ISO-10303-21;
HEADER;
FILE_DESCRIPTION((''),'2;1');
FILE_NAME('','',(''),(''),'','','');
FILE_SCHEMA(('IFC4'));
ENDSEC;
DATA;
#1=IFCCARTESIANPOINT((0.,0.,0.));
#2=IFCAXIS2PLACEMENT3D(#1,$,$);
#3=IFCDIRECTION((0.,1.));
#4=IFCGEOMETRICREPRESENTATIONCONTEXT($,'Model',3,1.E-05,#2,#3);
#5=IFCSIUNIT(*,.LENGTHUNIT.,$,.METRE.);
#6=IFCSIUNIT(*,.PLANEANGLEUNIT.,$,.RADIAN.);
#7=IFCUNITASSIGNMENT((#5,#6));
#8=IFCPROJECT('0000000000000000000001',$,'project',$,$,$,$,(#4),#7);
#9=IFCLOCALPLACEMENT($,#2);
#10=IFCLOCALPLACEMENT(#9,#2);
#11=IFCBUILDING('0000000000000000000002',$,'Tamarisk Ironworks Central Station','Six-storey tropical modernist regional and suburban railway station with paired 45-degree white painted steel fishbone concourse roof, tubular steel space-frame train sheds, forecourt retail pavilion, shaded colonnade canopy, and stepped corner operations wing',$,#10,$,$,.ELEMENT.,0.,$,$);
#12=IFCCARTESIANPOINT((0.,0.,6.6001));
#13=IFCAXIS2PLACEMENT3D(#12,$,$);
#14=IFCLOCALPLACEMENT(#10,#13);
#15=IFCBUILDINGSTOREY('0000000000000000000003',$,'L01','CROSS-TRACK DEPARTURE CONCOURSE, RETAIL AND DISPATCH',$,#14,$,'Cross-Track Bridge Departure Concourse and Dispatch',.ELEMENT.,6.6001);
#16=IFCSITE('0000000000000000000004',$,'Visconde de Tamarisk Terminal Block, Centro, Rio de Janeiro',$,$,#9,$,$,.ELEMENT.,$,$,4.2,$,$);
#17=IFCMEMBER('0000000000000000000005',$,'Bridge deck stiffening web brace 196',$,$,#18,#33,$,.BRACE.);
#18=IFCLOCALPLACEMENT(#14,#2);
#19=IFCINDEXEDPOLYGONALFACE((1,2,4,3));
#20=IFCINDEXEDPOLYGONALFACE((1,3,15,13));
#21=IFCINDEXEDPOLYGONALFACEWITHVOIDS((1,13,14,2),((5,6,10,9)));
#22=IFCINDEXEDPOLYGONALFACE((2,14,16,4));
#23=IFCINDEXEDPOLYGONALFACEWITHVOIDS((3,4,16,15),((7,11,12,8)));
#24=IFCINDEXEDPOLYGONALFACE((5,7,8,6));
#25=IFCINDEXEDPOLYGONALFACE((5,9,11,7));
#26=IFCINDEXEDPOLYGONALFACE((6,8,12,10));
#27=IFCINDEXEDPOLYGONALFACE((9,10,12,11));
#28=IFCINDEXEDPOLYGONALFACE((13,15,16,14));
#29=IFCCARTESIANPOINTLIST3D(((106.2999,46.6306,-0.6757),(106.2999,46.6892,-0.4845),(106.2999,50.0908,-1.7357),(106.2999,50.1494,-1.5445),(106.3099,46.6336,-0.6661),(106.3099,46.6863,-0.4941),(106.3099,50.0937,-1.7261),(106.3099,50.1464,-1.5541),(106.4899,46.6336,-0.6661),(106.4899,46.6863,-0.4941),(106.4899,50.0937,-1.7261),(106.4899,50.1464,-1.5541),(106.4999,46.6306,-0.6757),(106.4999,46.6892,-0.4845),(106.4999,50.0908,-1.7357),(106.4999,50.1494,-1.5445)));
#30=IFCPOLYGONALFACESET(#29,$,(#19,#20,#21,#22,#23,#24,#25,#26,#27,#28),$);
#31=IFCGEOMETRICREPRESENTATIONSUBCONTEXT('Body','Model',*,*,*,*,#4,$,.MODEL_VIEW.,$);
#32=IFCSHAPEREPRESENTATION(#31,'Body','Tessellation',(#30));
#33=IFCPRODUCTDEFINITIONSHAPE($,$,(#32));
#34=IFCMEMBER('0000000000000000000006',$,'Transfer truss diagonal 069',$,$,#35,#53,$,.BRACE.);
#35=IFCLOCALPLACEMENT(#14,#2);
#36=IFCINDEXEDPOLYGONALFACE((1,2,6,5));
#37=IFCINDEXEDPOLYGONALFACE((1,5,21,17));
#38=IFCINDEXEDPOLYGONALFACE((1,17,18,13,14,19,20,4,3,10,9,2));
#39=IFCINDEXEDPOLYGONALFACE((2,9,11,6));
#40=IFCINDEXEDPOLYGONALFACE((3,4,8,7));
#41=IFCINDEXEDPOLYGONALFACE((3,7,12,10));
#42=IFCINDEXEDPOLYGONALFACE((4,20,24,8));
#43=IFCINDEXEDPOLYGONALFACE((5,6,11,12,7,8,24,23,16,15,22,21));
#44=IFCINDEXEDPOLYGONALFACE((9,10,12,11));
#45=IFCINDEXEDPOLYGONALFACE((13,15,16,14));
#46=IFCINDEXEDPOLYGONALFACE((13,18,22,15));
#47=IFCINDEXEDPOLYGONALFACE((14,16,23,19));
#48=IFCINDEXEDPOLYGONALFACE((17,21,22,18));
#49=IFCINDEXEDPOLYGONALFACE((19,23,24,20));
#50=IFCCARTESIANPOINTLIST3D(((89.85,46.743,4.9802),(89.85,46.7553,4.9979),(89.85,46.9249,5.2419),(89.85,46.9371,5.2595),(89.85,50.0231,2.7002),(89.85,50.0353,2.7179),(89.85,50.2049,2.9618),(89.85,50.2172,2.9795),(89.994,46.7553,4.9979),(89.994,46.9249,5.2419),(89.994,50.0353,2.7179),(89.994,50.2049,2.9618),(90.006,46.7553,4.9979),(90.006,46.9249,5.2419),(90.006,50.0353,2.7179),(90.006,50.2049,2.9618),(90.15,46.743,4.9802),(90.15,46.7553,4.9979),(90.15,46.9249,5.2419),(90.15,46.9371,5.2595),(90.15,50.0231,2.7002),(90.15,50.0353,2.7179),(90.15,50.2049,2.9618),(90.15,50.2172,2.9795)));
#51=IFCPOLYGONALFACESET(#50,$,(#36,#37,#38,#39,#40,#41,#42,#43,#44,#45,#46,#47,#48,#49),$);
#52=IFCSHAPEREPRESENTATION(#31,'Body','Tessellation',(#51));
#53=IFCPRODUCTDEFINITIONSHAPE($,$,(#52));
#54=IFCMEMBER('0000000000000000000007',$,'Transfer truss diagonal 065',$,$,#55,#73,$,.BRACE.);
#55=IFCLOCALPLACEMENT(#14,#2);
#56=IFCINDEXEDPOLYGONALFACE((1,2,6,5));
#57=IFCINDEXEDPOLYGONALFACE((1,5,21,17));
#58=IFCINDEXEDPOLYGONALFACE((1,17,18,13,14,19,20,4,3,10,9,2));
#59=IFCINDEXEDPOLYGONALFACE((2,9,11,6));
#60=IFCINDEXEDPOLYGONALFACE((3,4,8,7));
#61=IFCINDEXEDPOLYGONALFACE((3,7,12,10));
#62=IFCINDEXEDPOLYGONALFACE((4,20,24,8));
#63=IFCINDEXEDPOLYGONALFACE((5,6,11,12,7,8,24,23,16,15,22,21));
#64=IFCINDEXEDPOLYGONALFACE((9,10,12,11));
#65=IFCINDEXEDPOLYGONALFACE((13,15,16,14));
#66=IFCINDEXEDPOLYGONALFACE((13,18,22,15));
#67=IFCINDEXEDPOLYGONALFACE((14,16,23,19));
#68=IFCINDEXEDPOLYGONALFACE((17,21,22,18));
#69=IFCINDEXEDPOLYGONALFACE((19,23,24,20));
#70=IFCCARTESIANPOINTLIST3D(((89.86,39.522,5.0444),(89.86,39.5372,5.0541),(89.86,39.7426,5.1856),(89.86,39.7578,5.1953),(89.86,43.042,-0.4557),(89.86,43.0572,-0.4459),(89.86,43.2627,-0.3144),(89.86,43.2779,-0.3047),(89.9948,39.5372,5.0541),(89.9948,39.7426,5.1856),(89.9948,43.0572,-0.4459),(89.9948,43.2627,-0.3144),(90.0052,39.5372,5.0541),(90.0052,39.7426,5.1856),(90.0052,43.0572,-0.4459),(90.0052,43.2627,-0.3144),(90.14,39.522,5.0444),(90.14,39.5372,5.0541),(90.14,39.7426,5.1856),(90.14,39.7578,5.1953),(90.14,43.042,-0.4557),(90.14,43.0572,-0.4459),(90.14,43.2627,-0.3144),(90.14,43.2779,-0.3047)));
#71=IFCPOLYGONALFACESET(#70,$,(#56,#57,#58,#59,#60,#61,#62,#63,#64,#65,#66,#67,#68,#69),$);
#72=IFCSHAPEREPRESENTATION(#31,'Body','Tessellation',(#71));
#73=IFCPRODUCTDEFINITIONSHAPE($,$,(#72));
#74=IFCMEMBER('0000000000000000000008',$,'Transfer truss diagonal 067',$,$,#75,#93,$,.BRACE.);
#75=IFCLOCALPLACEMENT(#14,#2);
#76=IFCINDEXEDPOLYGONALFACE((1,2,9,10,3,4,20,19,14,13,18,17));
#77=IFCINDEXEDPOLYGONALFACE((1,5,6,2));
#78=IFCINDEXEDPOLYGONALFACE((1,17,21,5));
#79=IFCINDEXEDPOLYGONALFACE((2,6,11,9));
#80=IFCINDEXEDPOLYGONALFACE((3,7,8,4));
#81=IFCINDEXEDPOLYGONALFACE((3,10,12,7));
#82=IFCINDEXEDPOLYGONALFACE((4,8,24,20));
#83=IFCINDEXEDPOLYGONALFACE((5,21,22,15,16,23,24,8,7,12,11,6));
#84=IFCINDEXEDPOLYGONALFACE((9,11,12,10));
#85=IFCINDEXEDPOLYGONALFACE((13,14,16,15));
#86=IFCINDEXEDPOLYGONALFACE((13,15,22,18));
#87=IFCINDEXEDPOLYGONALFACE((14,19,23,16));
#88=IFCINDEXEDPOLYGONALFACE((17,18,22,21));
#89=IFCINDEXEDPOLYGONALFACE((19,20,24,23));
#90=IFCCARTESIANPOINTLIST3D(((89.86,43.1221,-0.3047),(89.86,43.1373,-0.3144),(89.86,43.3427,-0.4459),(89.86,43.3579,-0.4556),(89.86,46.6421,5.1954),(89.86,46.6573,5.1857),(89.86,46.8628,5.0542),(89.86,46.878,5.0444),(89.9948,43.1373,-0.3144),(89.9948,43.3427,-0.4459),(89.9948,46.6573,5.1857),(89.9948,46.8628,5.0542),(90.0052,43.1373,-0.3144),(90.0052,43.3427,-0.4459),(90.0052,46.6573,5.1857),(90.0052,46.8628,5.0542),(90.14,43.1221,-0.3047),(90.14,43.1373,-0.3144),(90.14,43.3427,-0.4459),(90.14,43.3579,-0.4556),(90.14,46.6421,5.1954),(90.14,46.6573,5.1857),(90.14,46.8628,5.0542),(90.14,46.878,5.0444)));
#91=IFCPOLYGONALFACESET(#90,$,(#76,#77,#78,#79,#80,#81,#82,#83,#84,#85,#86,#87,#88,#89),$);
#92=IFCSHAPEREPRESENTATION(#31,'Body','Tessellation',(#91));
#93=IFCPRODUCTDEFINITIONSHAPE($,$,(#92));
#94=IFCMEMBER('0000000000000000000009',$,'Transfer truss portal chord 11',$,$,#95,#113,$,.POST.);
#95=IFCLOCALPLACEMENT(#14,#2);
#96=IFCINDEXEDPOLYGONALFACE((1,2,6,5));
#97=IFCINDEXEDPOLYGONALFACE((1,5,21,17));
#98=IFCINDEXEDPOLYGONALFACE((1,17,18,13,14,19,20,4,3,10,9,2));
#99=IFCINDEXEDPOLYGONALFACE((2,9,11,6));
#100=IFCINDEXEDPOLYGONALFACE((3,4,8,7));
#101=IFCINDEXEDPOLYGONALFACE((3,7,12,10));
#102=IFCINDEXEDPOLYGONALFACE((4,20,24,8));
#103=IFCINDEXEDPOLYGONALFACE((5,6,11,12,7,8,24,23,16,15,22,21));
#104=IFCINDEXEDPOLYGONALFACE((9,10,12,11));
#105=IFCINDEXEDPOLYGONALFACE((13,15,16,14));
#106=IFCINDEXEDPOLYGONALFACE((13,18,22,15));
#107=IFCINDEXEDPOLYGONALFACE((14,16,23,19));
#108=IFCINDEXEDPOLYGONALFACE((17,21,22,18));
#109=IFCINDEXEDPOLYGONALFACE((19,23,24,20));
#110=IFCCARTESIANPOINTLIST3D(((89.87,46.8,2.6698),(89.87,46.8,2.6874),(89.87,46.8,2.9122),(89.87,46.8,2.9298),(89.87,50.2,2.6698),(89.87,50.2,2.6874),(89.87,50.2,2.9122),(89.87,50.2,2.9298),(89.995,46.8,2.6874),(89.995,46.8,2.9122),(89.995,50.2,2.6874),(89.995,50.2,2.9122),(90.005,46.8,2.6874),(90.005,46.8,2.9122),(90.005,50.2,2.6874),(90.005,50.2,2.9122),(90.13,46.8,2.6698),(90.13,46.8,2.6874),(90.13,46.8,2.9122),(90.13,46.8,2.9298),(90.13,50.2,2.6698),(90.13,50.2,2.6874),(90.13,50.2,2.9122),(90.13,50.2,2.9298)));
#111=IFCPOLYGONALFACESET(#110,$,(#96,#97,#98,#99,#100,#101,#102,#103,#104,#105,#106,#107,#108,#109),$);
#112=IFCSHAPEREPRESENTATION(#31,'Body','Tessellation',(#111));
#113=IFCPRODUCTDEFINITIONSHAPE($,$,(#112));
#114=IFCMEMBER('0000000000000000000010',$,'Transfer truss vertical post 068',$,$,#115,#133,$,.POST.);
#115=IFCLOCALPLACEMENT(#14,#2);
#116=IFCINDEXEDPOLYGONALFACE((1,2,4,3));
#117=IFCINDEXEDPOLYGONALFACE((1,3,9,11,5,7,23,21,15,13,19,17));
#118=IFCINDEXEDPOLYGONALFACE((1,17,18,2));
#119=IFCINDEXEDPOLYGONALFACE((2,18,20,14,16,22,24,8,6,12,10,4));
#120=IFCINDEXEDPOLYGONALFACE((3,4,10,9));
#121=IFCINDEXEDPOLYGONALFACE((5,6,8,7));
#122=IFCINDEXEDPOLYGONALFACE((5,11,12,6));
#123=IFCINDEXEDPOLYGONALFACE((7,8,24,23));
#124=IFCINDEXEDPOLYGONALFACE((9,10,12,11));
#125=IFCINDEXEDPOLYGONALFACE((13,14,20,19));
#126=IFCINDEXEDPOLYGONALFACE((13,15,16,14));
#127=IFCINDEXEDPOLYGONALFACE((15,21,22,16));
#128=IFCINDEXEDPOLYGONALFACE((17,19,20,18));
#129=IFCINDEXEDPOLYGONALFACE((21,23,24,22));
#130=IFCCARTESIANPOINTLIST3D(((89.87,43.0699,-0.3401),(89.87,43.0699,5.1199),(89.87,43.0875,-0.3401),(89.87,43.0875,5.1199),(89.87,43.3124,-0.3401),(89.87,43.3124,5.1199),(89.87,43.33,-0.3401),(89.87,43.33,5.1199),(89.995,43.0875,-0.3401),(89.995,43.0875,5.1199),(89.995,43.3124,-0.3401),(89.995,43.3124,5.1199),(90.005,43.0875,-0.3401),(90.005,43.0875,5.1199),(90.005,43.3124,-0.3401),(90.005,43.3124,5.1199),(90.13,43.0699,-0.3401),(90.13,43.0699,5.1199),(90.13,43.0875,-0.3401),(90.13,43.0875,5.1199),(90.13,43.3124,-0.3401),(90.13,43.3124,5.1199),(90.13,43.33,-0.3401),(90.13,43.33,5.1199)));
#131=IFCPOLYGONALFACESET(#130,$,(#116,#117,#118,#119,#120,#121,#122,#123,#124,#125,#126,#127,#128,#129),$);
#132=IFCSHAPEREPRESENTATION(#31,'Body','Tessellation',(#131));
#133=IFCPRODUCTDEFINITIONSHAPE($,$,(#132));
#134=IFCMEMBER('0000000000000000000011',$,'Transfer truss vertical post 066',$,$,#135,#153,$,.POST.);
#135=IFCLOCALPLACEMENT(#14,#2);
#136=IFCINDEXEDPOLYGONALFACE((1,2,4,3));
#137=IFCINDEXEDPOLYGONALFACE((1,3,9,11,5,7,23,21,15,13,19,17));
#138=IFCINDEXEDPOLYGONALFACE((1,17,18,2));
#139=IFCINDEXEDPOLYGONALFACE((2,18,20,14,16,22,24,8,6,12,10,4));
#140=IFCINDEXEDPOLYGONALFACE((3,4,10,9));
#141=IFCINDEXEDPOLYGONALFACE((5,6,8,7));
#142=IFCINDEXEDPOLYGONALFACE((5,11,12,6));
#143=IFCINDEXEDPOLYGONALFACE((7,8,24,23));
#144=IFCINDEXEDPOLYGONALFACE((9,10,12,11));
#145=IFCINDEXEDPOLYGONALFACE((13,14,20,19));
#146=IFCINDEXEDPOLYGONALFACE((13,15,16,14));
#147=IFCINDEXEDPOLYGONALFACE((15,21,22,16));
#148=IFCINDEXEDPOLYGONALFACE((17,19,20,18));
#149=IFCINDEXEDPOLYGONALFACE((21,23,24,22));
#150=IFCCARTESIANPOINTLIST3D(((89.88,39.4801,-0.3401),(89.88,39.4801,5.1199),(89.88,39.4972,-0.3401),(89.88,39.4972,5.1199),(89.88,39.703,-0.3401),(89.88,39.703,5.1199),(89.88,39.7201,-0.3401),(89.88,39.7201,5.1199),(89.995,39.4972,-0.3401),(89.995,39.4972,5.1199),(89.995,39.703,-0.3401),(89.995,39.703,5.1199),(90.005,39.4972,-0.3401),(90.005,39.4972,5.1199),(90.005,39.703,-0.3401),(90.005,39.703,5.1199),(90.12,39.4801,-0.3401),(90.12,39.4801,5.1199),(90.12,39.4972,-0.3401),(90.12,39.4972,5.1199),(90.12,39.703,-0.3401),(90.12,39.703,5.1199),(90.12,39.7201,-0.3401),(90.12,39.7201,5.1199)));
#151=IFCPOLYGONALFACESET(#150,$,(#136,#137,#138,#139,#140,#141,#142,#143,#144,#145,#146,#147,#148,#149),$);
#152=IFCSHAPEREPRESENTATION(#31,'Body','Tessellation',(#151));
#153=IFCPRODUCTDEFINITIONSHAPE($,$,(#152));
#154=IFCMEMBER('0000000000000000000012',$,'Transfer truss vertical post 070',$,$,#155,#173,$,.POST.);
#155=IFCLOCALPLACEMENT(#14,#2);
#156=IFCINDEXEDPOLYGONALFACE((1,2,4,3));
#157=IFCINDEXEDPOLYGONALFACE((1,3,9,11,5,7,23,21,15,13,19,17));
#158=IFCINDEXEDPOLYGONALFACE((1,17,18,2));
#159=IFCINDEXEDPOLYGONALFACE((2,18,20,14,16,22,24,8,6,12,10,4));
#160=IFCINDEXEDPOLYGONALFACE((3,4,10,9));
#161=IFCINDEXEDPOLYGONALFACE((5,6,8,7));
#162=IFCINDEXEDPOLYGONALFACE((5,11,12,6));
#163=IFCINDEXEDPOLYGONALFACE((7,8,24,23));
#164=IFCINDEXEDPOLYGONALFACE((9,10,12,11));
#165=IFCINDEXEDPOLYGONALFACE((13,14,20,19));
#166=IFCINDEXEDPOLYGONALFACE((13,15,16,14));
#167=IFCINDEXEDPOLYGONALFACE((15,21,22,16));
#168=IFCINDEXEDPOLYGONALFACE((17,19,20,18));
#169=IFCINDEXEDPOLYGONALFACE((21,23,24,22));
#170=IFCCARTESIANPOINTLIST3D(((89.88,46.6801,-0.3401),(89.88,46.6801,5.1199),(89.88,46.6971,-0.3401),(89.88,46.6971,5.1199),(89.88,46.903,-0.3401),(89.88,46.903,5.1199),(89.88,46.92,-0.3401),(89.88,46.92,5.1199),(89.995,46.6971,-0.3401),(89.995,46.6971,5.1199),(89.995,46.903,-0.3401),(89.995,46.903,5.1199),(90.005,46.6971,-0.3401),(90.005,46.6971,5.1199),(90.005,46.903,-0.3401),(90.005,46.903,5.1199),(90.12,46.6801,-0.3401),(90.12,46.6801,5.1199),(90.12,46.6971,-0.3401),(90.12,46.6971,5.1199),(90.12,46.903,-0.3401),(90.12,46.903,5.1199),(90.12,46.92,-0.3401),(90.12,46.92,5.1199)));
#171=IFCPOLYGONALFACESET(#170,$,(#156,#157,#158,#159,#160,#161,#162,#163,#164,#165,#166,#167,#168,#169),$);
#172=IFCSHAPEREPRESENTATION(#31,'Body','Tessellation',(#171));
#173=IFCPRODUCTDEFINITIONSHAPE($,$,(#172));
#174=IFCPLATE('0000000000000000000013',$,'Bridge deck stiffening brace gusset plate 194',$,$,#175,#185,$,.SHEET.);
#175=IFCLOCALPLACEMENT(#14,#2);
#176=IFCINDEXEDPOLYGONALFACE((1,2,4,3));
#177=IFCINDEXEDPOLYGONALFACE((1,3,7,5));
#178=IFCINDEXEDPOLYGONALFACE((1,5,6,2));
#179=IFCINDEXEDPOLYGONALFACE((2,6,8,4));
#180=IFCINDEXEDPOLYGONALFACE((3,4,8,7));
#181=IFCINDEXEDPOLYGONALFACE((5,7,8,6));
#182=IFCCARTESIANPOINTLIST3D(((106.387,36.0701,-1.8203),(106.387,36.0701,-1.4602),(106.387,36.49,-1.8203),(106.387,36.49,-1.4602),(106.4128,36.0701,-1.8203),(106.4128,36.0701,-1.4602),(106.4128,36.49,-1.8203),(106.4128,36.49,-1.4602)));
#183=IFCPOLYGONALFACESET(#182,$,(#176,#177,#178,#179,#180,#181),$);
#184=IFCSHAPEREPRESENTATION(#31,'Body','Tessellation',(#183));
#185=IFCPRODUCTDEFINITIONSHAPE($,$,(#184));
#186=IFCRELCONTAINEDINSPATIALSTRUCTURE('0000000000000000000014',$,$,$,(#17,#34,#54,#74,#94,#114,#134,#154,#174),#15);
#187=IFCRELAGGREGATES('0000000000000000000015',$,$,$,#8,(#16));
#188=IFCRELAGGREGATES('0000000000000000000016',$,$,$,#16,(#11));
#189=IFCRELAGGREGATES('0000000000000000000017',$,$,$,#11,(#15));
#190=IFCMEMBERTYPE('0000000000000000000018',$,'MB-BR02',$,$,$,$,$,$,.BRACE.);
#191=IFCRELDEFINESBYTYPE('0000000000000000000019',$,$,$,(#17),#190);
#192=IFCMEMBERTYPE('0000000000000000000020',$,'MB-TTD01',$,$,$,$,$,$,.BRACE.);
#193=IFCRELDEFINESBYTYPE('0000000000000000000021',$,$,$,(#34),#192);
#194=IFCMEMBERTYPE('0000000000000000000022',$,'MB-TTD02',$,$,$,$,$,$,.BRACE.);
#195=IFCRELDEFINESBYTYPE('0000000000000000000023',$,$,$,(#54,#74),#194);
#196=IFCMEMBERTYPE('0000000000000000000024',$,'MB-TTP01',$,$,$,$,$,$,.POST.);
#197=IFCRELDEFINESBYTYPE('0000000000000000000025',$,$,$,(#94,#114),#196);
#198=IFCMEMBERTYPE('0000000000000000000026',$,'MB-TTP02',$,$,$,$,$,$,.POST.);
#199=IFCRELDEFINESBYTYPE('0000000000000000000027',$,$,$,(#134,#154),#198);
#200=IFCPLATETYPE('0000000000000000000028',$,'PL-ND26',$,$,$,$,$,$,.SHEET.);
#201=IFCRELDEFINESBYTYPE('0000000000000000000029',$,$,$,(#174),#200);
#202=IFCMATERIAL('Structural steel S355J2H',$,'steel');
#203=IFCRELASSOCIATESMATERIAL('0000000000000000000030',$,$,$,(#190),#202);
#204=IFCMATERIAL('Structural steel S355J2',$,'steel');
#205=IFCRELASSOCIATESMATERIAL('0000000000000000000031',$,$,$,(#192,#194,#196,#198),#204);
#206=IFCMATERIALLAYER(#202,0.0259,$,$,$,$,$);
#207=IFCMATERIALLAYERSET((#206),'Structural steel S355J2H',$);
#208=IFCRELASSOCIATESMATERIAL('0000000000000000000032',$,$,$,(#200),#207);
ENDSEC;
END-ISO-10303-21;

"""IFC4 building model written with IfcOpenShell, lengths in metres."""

from ifc_helpers import new_model, si_unit, direction, frame, origin, origin_2d, place, context, subcontext, project, spatial, rectangle, hollow_rectangle, i_section, extrude, material, layer, layer_set, material_profile, profile_set, type_object, element, save


model = new_model("IFC4")

# Units and contexts
model_context = context("Model", 3, precision=1e-05, world=origin(), true_north=direction((0.0, 1.0)))
body_context = subcontext(model_context, "Body", "Model", "MODEL_VIEW")
ifc_project = project(units=[si_unit("LENGTHUNIT", "METRE"), si_unit("PLANEANGLEUNIT", "RADIAN")], contexts=[model_context])

# Site, building, storey
site_placement = place(None, origin())
site = spatial("IfcSite", under=ifc_project, at=site_placement, Name="Visconde de Tamarisk Terminal Block, Centro, Rio de Janeiro", CompositionType="ELEMENT", RefElevation=4.2)
building_placement = place(site_placement, origin())
building = spatial("IfcBuilding", under=site, at=building_placement, Name="Tamarisk Ironworks Central Station", Description="Six-storey tropical modernist regional and suburban railway station with paired 45-degree white painted steel fishbone concourse roof, tubular steel space-frame train sheds, forecourt retail pavilion, shaded colonnade canopy, and stepped corner operations wing", CompositionType="ELEMENT", ElevationOfRefHeight=0.0)
storey_placement = place(building_placement, frame((0.0, 0.0, 6.6001)))
storey = spatial("IfcBuildingStorey", under=building, at=storey_placement, Name="L01", Description="CROSS-TRACK DEPARTURE CONCOURSE, RETAIL AND DISPATCH", LongName="Cross-Track Bridge Departure Concourse and Dispatch", CompositionType="ELEMENT", Elevation=6.6001)

# Shared definitions
ifc_material_1 = material(Name="Structural steel S355J2", Category="steel")

# Members
ifc_material_2 = material(Name="Structural steel S355J2H", Category="steel")
ifc_material_profile_1 = material_profile(ifc_material_2, hollow_rectangle(XDim=0.2, YDim=0.2, WallThickness=0.01, at=origin_2d()), Name="SHS 200x200x10")
ifc_profile_set_1 = profile_set([ifc_material_profile_1], Name="Structural steel S355J2H")
member_type_1 = type_object("IfcMemberType", Name="MB-BR02", PredefinedType="BRACE", material=ifc_profile_set_1)
member_1_placement = place(storey_placement, frame((106.3999, 46.6599, -0.5801), z_axis=(0.0, 0.956137, -0.292919), x_axis=(-1.0, 0.0, 0.0)))
element("IfcMember", 1, at=member_1_placement, inside=storey, type_object=member_type_1, Name="Bridge deck stiffening web brace 196", PredefinedType="BRACE", context=body_context, shape_type="SweptSolid", body=[
    extrude(hollow_rectangle(XDim=0.2, YDim=0.2, WallThickness=0.01, at=origin_2d()), origin(), (0.0, 0.0, 1.0), 3.6189),
])
ifc_material_profile_2 = material_profile(ifc_material_1, i_section(OverallWidth=0.3, OverallDepth=0.3401, WebThickness=0.012, FlangeThickness=0.0215, at=origin_2d()), Name="HEB 340")
ifc_profile_set_2 = profile_set([ifc_material_profile_2], Name="Structural steel S355J2")
member_type_2 = type_object("IfcMemberType", Name="MB-TTD01", PredefinedType="BRACE", material=ifc_profile_set_2)
member_2_placement = place(storey_placement, frame((90.0, 46.8401, 5.1199), z_axis=(0.0, 0.821108, -0.570773), x_axis=(-1.0, 0.0, 0.0)))
element("IfcMember", 2, at=member_2_placement, inside=storey, type_object=member_type_2, Name="Transfer truss diagonal 069", PredefinedType="BRACE", context=body_context, shape_type="SweptSolid", body=[
    extrude(i_section(OverallWidth=0.3, OverallDepth=0.3401, WebThickness=0.012, FlangeThickness=0.0215, at=origin_2d()), origin(), (0.0, 0.0, 1.0), 3.9946),
])
ifc_material_profile_3 = material_profile(ifc_material_1, i_section(OverallWidth=0.28, OverallDepth=0.28, WebThickness=0.0105, FlangeThickness=0.0181, at=origin_2d()), Name="HEB 280")
ifc_profile_set_3 = profile_set([ifc_material_profile_3], Name="Structural steel S355J2")
member_type_3 = type_object("IfcMemberType", Name="MB-TTD02", PredefinedType="BRACE", material=ifc_profile_set_3)
for number, where, z_axis, x_axis, name in (
    (3, (90.0, 39.6399, 5.1199), (0.0, 0.539056, -0.84227), (-1.0, 0.0, 0.0), "Transfer truss diagonal 065"),
    (4, (90.0, 43.24, -0.3801), (0.0, 0.539056, 0.84227), (-1.0, 0.0, 0.0), "Transfer truss diagonal 067"),
):
    element("IfcMember", number, at=place(storey_placement, frame(where, z_axis=z_axis, x_axis=x_axis)), inside=storey, type_object=member_type_3, Name=name, PredefinedType="BRACE", context=body_context, shape_type="SweptSolid", body=[
        extrude(i_section(OverallWidth=0.28, OverallDepth=0.28, WebThickness=0.0105, FlangeThickness=0.0181, at=origin_2d()), origin(), (0.0, 0.0, 1.0), 6.53),
    ])
ifc_material_profile_4 = material_profile(ifc_material_1, i_section(OverallWidth=0.26, OverallDepth=0.26, WebThickness=0.01, FlangeThickness=0.0176, at=origin_2d()), Name="HEB 260")
ifc_profile_set_4 = profile_set([ifc_material_profile_4], Name="Structural steel S355J2")
member_type_4 = type_object("IfcMemberType", Name="MB-TTP01", PredefinedType="POST", material=ifc_profile_set_4)
member_3_placement = place(storey_placement, frame((90.0, 46.8, 2.7998), z_axis=(0.0, 1.0, 0.0), x_axis=(-1.0, 0.0, 0.0)))
element("IfcMember", 5, at=member_3_placement, inside=storey, type_object=member_type_4, Name="Transfer truss portal chord 11", PredefinedType="POST", context=body_context, shape_type="SweptSolid", body=[
    extrude(i_section(OverallWidth=0.26, OverallDepth=0.26, WebThickness=0.01, FlangeThickness=0.0176, at=origin_2d()), origin(), (0.0, 0.0, 1.0), 3.3999),
])
member_4_placement = place(storey_placement, frame((90.0, 43.2, -0.3401), z_axis=(0.0, 0.0, 1.0), x_axis=(1.0, 0.0, 0.0)))
element("IfcMember", 6, at=member_4_placement, inside=storey, type_object=member_type_4, Name="Transfer truss vertical post 068", PredefinedType="POST", context=body_context, shape_type="SweptSolid", body=[
    extrude(i_section(OverallWidth=0.26, OverallDepth=0.26, WebThickness=0.01, FlangeThickness=0.0176, at=origin_2d()), origin(), (0.0, 0.0, 1.0), 5.46),
])
ifc_material_profile_5 = material_profile(ifc_material_1, i_section(OverallWidth=0.24, OverallDepth=0.24, WebThickness=0.01, FlangeThickness=0.0171, at=origin_2d()), Name="HEB 240")
ifc_profile_set_5 = profile_set([ifc_material_profile_5], Name="Structural steel S355J2")
member_type_5 = type_object("IfcMemberType", Name="MB-TTP02", PredefinedType="POST", material=ifc_profile_set_5)
for number, where, z_axis, x_axis, name in (
    (7, (90.0, 39.6001, -0.3401), (0.0, 0.0, 1.0), (1.0, 0.0, 0.0), "Transfer truss vertical post 066"),
    (8, (90.0, 46.8, -0.3401), (0.0, 0.0, 1.0), (1.0, 0.0, 0.0), "Transfer truss vertical post 070"),
):
    element("IfcMember", number, at=place(storey_placement, frame(where, z_axis=z_axis, x_axis=x_axis)), inside=storey, type_object=member_type_5, Name=name, PredefinedType="POST", context=body_context, shape_type="SweptSolid", body=[
        extrude(i_section(OverallWidth=0.24, OverallDepth=0.24, WebThickness=0.01, FlangeThickness=0.0171, at=origin_2d()), origin(), (0.0, 0.0, 1.0), 5.46),
    ])

# Plate
ifc_layer_1 = layer(ifc_material_2, 0.0259)
ifc_layer_set_1 = layer_set([ifc_layer_1], Name="Structural steel S355J2H")
plate_type = type_object("IfcPlateType", Name="PL-ND26", PredefinedType="SHEET", material=ifc_layer_set_1)
for number, where, z_axis, x_axis, name in (
    (9, (106.3999, 36.28, -1.8203), (0.0, 0.0, 1.0), (1.0, 0.0, 0.0), "Bridge deck stiffening brace gusset plate 194"),
):
    element("IfcPlate", number, at=place(storey_placement, frame(where, z_axis=z_axis, x_axis=x_axis)), inside=storey, type_object=plate_type, Name=name, PredefinedType="SHEET", context=body_context, shape_type="SweptSolid", body=[
        extrude(rectangle(XDim=0.0259, YDim=0.4199, at=origin_2d()), origin(), (0.0, 0.0, 1.0), 0.3601),
    ])

save(model, "model.ifc")
